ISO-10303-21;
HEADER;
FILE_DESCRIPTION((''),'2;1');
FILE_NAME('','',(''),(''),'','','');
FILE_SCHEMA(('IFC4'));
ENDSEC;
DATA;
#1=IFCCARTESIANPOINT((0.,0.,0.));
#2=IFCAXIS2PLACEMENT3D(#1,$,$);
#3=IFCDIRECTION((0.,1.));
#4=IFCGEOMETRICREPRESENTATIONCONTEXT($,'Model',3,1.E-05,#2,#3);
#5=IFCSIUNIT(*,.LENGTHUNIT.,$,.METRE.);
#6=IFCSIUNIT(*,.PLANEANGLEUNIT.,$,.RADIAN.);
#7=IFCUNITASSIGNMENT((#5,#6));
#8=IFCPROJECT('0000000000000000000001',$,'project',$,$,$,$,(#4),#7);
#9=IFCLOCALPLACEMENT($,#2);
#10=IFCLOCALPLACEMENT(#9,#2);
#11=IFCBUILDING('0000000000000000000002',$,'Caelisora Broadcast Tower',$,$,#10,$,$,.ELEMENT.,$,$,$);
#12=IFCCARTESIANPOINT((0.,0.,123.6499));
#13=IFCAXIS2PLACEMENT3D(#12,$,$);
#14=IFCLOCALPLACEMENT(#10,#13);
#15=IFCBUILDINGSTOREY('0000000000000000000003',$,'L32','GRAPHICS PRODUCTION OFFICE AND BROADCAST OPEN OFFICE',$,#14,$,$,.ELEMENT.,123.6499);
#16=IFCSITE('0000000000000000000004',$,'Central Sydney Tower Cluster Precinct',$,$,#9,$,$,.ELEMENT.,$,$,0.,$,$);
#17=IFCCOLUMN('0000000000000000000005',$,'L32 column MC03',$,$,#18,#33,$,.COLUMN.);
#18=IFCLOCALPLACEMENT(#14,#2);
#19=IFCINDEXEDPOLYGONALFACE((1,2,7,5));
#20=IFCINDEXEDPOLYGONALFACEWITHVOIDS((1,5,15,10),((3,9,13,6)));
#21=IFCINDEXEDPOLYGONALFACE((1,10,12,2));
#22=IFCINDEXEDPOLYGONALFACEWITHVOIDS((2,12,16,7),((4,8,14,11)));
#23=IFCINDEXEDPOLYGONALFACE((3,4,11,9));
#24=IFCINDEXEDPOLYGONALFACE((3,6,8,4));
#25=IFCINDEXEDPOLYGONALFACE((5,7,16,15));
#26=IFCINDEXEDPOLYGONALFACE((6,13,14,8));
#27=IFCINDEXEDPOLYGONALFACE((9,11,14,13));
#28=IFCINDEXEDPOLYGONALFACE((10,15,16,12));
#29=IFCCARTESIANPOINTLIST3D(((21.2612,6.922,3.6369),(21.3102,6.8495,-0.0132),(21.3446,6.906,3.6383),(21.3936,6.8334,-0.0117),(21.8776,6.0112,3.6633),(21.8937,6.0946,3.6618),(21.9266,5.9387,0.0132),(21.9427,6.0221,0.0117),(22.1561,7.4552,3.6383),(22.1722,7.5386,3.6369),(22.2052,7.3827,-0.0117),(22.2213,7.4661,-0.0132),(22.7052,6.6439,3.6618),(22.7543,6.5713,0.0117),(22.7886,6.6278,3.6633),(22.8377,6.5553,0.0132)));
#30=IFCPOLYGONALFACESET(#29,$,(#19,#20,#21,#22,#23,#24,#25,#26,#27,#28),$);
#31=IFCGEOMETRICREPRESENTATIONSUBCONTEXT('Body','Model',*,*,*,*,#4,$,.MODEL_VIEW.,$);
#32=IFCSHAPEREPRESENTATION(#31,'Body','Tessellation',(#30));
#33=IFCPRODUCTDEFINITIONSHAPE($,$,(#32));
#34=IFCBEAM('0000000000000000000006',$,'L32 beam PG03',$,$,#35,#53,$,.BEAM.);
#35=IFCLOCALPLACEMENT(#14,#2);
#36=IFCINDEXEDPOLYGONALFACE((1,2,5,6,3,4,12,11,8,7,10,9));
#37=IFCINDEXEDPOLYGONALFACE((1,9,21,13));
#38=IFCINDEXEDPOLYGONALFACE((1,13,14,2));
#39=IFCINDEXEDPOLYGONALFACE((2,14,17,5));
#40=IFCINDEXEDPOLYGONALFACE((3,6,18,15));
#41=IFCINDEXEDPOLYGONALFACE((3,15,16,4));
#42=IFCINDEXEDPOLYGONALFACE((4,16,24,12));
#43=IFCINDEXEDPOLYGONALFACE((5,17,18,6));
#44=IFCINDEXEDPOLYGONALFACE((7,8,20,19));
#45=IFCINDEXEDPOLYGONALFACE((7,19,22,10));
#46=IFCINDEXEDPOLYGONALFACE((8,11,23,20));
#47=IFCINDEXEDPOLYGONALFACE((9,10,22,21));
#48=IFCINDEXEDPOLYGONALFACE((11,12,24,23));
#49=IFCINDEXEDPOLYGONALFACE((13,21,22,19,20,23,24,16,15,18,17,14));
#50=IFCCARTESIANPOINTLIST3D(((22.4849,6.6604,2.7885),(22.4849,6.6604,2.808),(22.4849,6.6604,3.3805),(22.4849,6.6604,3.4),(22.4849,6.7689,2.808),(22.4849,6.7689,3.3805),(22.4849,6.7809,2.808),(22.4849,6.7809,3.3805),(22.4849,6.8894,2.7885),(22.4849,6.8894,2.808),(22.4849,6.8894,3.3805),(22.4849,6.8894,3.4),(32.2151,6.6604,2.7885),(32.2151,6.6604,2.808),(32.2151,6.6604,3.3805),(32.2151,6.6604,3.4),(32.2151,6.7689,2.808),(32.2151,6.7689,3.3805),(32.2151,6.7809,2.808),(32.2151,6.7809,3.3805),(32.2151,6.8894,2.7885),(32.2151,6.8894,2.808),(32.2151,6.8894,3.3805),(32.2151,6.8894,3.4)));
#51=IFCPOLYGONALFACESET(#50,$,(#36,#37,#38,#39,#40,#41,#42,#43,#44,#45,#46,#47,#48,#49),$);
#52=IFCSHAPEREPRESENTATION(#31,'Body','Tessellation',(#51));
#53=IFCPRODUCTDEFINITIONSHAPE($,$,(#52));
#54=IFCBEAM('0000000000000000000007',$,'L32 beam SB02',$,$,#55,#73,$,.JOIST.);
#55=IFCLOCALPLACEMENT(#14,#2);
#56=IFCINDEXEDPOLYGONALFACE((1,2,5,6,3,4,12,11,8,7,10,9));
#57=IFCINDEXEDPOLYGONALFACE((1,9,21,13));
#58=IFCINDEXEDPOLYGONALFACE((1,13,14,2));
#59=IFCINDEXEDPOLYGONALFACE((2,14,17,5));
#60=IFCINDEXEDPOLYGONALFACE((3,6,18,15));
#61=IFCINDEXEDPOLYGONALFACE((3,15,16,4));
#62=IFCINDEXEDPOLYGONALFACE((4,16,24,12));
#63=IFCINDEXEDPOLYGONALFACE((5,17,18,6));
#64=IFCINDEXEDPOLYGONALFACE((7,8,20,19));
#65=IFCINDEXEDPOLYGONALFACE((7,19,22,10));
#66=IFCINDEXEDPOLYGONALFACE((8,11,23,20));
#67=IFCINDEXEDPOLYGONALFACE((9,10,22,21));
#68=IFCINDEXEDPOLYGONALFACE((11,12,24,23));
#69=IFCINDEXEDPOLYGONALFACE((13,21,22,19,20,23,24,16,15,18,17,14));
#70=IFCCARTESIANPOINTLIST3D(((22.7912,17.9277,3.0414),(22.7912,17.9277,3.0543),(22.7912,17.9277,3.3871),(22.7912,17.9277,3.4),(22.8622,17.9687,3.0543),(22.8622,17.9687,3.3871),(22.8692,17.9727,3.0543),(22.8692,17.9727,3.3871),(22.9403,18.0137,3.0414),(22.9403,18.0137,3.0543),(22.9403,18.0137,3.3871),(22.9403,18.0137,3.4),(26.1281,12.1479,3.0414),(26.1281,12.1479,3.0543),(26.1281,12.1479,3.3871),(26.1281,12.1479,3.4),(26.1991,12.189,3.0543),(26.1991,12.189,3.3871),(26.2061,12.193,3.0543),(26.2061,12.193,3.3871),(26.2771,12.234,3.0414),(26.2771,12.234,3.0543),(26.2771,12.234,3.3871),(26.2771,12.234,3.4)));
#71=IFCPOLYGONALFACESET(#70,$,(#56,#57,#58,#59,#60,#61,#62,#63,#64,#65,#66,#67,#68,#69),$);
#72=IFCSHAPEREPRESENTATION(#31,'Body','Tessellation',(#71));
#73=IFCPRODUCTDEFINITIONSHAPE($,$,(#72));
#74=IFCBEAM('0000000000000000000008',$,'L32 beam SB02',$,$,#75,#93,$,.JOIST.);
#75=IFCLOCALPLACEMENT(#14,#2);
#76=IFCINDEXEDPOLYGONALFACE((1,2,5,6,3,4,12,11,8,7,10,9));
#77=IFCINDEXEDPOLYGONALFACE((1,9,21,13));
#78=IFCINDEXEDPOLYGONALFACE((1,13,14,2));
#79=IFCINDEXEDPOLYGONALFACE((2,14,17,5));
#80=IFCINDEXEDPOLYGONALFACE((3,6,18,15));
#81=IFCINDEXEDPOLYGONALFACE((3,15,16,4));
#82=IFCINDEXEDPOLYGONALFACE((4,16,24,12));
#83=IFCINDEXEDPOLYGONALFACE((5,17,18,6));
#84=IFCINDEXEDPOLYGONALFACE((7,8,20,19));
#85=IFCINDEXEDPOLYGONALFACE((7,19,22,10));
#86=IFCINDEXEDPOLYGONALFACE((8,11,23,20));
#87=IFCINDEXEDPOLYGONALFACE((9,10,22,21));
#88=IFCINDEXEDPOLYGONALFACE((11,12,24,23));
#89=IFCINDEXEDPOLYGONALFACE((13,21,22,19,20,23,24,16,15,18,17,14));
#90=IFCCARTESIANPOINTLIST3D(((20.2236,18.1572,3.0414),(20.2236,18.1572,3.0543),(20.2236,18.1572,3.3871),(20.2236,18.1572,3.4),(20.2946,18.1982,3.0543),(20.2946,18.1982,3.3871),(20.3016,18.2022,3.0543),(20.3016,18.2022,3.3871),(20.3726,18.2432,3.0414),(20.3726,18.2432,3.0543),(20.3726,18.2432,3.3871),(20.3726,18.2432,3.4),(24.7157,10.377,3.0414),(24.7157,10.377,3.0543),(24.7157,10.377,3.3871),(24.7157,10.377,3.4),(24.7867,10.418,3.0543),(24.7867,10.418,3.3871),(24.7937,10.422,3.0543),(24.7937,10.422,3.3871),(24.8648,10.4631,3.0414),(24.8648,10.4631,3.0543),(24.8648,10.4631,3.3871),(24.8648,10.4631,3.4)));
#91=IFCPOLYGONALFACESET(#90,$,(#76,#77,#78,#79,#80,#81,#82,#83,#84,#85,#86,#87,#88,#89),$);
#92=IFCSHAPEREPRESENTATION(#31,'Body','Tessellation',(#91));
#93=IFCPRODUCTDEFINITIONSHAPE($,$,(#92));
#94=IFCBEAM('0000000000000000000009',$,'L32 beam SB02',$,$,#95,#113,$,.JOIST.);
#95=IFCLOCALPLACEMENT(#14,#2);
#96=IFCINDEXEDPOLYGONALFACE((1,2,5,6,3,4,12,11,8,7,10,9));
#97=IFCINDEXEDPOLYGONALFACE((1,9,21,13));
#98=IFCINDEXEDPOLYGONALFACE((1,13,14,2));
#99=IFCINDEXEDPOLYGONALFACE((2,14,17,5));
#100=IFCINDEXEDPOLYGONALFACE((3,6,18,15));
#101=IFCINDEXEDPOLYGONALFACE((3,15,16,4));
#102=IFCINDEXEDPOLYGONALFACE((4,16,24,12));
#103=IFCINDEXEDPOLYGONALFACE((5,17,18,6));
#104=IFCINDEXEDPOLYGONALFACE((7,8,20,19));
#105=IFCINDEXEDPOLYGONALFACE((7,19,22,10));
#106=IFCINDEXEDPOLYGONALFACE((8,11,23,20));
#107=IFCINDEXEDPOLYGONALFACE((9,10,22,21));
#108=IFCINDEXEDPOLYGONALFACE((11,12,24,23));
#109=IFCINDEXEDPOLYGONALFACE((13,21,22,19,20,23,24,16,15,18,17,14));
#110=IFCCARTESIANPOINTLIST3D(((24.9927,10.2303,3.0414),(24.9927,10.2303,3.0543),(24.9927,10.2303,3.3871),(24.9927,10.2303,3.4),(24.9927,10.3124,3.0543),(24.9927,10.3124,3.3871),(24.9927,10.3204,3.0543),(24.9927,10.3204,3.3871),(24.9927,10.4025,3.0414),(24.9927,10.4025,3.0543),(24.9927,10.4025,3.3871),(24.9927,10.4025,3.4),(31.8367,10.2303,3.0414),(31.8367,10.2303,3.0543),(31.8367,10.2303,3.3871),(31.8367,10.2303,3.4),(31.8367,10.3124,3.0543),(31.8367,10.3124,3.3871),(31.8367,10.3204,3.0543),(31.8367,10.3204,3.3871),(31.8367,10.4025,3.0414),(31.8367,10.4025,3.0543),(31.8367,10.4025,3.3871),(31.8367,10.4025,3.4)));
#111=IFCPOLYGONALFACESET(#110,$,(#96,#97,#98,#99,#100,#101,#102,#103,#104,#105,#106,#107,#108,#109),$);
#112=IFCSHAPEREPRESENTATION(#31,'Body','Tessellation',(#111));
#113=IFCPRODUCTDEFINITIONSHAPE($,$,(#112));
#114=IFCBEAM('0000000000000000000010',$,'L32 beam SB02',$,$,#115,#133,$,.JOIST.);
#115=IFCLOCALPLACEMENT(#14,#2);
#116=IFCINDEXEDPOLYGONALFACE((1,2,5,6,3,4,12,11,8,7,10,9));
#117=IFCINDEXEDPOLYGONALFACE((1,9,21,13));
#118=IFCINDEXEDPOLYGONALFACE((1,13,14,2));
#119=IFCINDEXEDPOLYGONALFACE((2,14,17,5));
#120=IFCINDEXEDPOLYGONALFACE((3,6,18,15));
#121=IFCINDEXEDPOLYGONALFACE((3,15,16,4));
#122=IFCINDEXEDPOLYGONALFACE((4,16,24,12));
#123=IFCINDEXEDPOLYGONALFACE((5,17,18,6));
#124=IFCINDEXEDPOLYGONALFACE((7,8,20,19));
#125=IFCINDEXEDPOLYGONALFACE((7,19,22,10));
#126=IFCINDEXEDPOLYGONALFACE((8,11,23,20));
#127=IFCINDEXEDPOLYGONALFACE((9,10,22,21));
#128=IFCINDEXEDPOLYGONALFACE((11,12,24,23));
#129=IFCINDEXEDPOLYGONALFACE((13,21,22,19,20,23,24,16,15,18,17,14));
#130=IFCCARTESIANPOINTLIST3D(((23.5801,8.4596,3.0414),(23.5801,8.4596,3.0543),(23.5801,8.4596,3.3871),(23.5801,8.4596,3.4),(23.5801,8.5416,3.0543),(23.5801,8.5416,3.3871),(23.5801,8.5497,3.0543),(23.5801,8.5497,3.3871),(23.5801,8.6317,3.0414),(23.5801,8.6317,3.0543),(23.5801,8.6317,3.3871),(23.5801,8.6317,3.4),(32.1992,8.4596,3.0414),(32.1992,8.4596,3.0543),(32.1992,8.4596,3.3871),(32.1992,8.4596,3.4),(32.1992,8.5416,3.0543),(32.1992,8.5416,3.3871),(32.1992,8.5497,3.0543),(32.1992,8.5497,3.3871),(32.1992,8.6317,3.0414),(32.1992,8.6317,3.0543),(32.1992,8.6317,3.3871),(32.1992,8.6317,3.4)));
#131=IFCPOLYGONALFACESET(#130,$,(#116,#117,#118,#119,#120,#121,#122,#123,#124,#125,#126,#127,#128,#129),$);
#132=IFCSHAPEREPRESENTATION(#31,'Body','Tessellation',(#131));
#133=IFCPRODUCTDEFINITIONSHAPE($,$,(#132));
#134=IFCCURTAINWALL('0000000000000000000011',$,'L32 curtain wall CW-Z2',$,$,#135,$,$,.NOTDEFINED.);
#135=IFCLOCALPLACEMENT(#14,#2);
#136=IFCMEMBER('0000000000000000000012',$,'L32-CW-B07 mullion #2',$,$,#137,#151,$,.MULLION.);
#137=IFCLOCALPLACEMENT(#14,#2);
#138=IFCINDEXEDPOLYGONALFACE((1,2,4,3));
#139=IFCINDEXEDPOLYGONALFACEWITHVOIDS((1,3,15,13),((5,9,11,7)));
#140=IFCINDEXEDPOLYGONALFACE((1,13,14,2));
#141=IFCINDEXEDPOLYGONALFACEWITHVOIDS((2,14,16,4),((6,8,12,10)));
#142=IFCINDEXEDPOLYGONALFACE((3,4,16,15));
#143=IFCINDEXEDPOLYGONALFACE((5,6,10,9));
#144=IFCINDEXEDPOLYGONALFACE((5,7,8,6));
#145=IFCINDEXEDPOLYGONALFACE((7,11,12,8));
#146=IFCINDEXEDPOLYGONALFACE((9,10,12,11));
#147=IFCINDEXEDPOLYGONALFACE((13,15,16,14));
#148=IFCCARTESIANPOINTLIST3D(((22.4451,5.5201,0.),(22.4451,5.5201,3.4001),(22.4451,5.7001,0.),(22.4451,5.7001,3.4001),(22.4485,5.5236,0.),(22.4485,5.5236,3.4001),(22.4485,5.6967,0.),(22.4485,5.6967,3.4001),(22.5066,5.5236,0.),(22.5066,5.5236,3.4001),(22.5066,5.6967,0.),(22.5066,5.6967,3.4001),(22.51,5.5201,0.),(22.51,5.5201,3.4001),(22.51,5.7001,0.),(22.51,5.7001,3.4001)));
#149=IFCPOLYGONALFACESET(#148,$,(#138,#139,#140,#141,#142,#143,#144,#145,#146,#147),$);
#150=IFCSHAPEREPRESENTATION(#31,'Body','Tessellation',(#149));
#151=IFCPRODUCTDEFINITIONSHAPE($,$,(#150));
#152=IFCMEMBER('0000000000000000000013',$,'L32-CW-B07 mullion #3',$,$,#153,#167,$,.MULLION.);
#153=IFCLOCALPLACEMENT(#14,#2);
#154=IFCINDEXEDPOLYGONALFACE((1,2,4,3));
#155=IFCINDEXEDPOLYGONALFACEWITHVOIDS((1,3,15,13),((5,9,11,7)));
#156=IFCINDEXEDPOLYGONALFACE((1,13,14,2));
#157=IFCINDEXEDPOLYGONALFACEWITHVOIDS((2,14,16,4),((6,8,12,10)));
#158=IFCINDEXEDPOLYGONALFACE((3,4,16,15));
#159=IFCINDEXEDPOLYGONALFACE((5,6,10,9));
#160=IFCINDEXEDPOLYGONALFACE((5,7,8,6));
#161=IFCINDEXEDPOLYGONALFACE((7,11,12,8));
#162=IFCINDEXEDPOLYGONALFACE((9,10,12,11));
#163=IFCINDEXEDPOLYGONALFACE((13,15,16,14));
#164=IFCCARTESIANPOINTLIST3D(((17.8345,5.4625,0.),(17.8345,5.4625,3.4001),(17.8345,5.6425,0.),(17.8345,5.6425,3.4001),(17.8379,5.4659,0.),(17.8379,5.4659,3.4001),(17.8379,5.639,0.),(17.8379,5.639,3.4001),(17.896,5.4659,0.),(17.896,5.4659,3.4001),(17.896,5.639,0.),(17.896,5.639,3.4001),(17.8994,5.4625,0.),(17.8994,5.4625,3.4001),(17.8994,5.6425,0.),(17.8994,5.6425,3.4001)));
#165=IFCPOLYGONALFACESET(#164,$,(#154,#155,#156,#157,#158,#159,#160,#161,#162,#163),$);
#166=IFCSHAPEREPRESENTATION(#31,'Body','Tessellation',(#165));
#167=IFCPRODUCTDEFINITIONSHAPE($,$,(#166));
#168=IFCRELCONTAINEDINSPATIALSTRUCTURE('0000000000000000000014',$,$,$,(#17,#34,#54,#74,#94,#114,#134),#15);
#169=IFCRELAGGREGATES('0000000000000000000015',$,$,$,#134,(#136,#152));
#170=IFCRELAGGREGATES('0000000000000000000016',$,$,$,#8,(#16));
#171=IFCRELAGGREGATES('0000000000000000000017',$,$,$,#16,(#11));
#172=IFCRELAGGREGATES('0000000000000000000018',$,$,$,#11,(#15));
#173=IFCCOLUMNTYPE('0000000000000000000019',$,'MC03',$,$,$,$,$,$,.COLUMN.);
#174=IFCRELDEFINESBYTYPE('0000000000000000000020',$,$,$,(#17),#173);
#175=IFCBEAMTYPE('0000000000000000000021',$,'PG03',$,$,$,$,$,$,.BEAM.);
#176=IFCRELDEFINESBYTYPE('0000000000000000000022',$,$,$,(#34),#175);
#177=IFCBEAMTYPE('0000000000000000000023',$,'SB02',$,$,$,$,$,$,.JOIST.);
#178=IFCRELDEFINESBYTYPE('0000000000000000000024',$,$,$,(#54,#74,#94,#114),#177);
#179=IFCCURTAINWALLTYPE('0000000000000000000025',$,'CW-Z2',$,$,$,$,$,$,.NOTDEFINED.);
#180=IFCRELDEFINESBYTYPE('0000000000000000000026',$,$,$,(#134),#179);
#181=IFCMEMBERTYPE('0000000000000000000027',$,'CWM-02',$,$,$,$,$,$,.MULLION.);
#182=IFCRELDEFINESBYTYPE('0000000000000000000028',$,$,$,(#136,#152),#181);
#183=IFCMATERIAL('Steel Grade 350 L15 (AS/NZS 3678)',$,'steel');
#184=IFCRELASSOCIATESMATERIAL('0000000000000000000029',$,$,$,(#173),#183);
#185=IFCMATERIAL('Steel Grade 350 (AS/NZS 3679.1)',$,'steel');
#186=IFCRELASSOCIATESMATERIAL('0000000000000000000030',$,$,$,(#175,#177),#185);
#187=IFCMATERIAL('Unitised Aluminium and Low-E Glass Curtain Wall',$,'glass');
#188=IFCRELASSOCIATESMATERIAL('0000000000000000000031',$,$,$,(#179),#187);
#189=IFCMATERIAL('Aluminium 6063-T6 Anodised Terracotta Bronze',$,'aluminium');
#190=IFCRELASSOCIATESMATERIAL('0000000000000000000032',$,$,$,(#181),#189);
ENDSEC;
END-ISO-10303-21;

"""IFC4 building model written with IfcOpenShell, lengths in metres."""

from ifc_helpers import new_model, si_unit, direction, frame, origin, origin_2d, place, context, subcontext, project, spatial, hollow_rectangle, i_section, extrude, source, transform, mapped, material, material_profile, profile_set, type_object, type_shapes, element, aggregate, save


model = new_model("IFC4")

# Units and contexts
model_context = context("Model", 3, precision=1e-05, world=origin(), true_north=direction((0.0, 1.0)))
body_context = subcontext(model_context, "Body", "Model", "MODEL_VIEW")
ifc_project = project(units=[si_unit("LENGTHUNIT", "METRE"), si_unit("PLANEANGLEUNIT", "RADIAN")], contexts=[model_context])

# Site, building, storey
site_placement = place(None, origin())
site = spatial("IfcSite", under=ifc_project, at=site_placement, Name="Central Sydney Tower Cluster Precinct", CompositionType="ELEMENT", RefElevation=0.0)
building_placement = place(site_placement, origin())
building = spatial("IfcBuilding", under=site, at=building_placement, Name="Caelisora Broadcast Tower", CompositionType="ELEMENT")
storey_placement = place(building_placement, frame((0.0, 0.0, 123.6499)))
storey = spatial("IfcBuildingStorey", under=building, at=storey_placement, Name="L32", Description="GRAPHICS PRODUCTION OFFICE AND BROADCAST OPEN OFFICE", CompositionType="ELEMENT", Elevation=123.6499)

# Column
ifc_material_1 = material(Name="Steel Grade 350 L15 (AS/NZS 3678)", Category="steel")
ifc_material_profile_1 = material_profile(ifc_material_1, hollow_rectangle(XDim=1.1001, YDim=1.1001, WallThickness=0.0601, at=origin_2d()), Name="Steel Grade 350 L15 (AS/NZS 3678)")
ifc_profile_set_1 = profile_set([ifc_material_profile_1], Name="Steel Grade 350 L15 (AS/NZS 3678)")
column_type = type_object("IfcColumnType", Name="MC03", PredefinedType="COLUMN", material=ifc_profile_set_1)
shared_shape_1 = source(origin(), body_context, "Body", "SweptSolid", [
    extrude(hollow_rectangle(XDim=1.1001, YDim=1.1001, WallThickness=0.0601, at=origin_2d()), origin(), (0.0, 0.0, 1.0), 3.6511),
])
type_shapes(column_type, [shared_shape_1])
column_placement = place(storey_placement, frame((22.074, 6.7024, 0.0), z_axis=(-0.01344, 0.019859, 0.999712), x_axis=(-0.828169, -0.560478, 0.0)))
element("IfcColumn", 1, at=column_placement, inside=storey, type_object=column_type, Name="L32 column MC03", PredefinedType="COLUMN", context=body_context, shape_type="MappedRepresentation", body=[
    mapped(shared_shape_1, transform((0.0, 0.0, 0.0), scale=1.0)),
])

# Beams
ifc_material_2 = material(Name="Steel Grade 350 (AS/NZS 3679.1)", Category="steel")
ifc_material_profile_2 = material_profile(ifc_material_2, i_section(OverallWidth=0.229, OverallDepth=0.6116, WebThickness=0.012, FlangeThickness=0.0195, at=origin_2d()), Name="Steel Grade 350 (AS/NZS 3679.1)")
ifc_profile_set_2 = profile_set([ifc_material_profile_2], Name="Steel Grade 350 (AS/NZS 3679.1)")
beam_type_1 = type_object("IfcBeamType", Name="PG03", PredefinedType="BEAM", material=ifc_profile_set_2)
shared_shape_2 = source(origin(), body_context, "Body", "SweptSolid", [
    extrude(i_section(OverallWidth=0.229, OverallDepth=0.6116, WebThickness=0.012, FlangeThickness=0.0195, at=origin_2d()), origin(), (0.0, 0.0, 1.0), 9.7302),
])
type_shapes(beam_type_1, [shared_shape_2])
beam_1_placement = place(storey_placement, frame((22.4849, 6.7749, 3.0942), z_axis=(1.0, 0.0, 0.0), x_axis=(0.0, 1.0, 0.0)))
element("IfcBeam", 2, at=beam_1_placement, inside=storey, type_object=beam_type_1, Name="L32 beam PG03", PredefinedType="BEAM", context=body_context, shape_type="MappedRepresentation", body=[
    mapped(shared_shape_2, transform((0.0, 0.0, 0.0), scale=1.0)),
])
ifc_material_profile_3 = material_profile(ifc_material_2, i_section(OverallWidth=0.1721, OverallDepth=0.3586, WebThickness=0.0081, FlangeThickness=0.0129, at=origin_2d()), Name="Steel Grade 350 (AS/NZS 3679.1)")
ifc_profile_set_3 = profile_set([ifc_material_profile_3], Name="Steel Grade 350 (AS/NZS 3679.1)")
beam_type_2 = type_object("IfcBeamType", Name="SB02", PredefinedType="JOIST", material=ifc_profile_set_3)
shared_shape_3 = source(origin(), body_context, "Body", "SweptSolid", [
    extrude(i_section(OverallWidth=0.1721, OverallDepth=0.3586, WebThickness=0.0081, FlangeThickness=0.0129, at=origin_2d()), origin(), (0.0, 0.0, 1.0), 6.6738),
])
beam_2_placement = place(storey_placement, frame((22.8657, 17.9707, 3.2207), z_axis=(0.499995, -0.866028, 0.0), x_axis=(0.866028, 0.499995, 0.0)))
element("IfcBeam", 3, at=beam_2_placement, inside=storey, type_object=beam_type_2, Name="L32 beam SB02", PredefinedType="JOIST", context=body_context, shape_type="MappedRepresentation", body=[
    mapped(shared_shape_3, transform((0.0, 0.0, 0.0), scale=1.0)),
])
shared_shape_4 = source(origin(), body_context, "Body", "SweptSolid", [
    extrude(i_section(OverallWidth=0.1721, OverallDepth=0.3586, WebThickness=0.0081, FlangeThickness=0.0129, at=origin_2d()), origin(), (0.0, 0.0, 1.0), 8.9839),
])
beam_3_placement = place(storey_placement, frame((20.2981, 18.2002, 3.2207), z_axis=(0.50002, -0.866014, 0.0), x_axis=(0.866014, 0.50002, 0.0)))
element("IfcBeam", 4, at=beam_3_placement, inside=storey, type_object=beam_type_2, Name="L32 beam SB02", PredefinedType="JOIST", context=body_context, shape_type="MappedRepresentation", body=[
    mapped(shared_shape_4, transform((0.0, 0.0, 0.0), scale=1.0)),
])
shared_shape_5 = source(origin(), body_context, "Body", "SweptSolid", [
    extrude(i_section(OverallWidth=0.1721, OverallDepth=0.3586, WebThickness=0.0081, FlangeThickness=0.0129, at=origin_2d()), origin(), (0.0, 0.0, 1.0), 6.844),
])
beam_4_placement = place(storey_placement, frame((24.9927, 10.3164, 3.2207), z_axis=(1.0, 0.0, 0.0), x_axis=(0.0, 1.0, 0.0)))
element("IfcBeam", 5, at=beam_4_placement, inside=storey, type_object=beam_type_2, Name="L32 beam SB02", PredefinedType="JOIST", context=body_context, shape_type="MappedRepresentation", body=[
    mapped(shared_shape_5, transform((0.0, 0.0, 0.0), scale=1.0)),
])
shared_shape_6 = source(origin(), body_context, "Body", "SweptSolid", [
    extrude(i_section(OverallWidth=0.1721, OverallDepth=0.3586, WebThickness=0.0081, FlangeThickness=0.0129, at=origin_2d()), origin(), (0.0, 0.0, 1.0), 8.6191),
])
type_shapes(beam_type_2, [shared_shape_3, shared_shape_4, shared_shape_5, shared_shape_6])
beam_5_placement = place(storey_placement, frame((23.5801, 8.5457, 3.2207), z_axis=(1.0, 0.0, 0.0), x_axis=(0.0, 1.0, 0.0)))
element("IfcBeam", 6, at=beam_5_placement, inside=storey, type_object=beam_type_2, Name="L32 beam SB02", PredefinedType="JOIST", context=body_context, shape_type="MappedRepresentation", body=[
    mapped(shared_shape_6, transform((0.0, 0.0, 0.0), scale=1.0)),
])

# Curtain wall, members
ifc_material_3 = material(Name="Unitised Aluminium and Low-E Glass Curtain Wall", Category="glass")
curtain_wall_type = type_object("IfcCurtainWallType", Name="CW-Z2", PredefinedType="NOTDEFINED", material=ifc_material_3)
curtain_wall_placement = place(storey_placement, origin())
curtain_wall = element("IfcCurtainWall", 7, at=curtain_wall_placement, inside=storey, type_object=curtain_wall_type, Name="L32 curtain wall CW-Z2", PredefinedType="NOTDEFINED")
ifc_material_4 = material(Name="Aluminium 6063-T6 Anodised Terracotta Bronze", Category="aluminium")
ifc_material_profile_4 = material_profile(ifc_material_4, hollow_rectangle(XDim=0.0649, YDim=0.1799, WallThickness=0.0034, at=origin_2d()), Name="Aluminium 6063-T6 Anodised Terracotta Bronze")
ifc_profile_set_4 = profile_set([ifc_material_profile_4], Name="Aluminium 6063-T6 Anodised Terracotta Bronze")
member_type = type_object("IfcMemberType", Name="CWM-02", PredefinedType="MULLION", material=ifc_profile_set_4)
shared_shape_7 = source(origin(), body_context, "Body", "SweptSolid", [
    extrude(hollow_rectangle(XDim=0.0649, YDim=0.1799, WallThickness=0.0034, at=origin_2d()), origin(), (0.0, 0.0, 1.0), 3.4001),
])
type_shapes(member_type, [shared_shape_7])
member_1_placement = place(storey_placement, frame((22.4775, 5.6101, 0.0), z_axis=(0.0, 0.0, 1.0), x_axis=(1.0, 0.0, 0.0)))
member_1 = element("IfcMember", 8, at=member_1_placement, type_object=member_type, Name="L32-CW-B07 mullion #2", PredefinedType="MULLION", context=body_context, shape_type="MappedRepresentation", body=[
    mapped(shared_shape_7, transform((0.0, 0.0, 0.0), scale=1.0)),
])
member_2_placement = place(storey_placement, frame((17.8669, 5.5525, 0.0), z_axis=(0.0, 0.0, 1.0), x_axis=(1.0, 0.0, 0.0)))
member_2 = element("IfcMember", 9, at=member_2_placement, type_object=member_type, Name="L32-CW-B07 mullion #3", PredefinedType="MULLION", context=body_context, shape_type="MappedRepresentation", body=[
    mapped(shared_shape_7, transform((0.0, 0.0, 0.0), scale=1.0)),
])
aggregate(curtain_wall, [member_1, member_2])

save(model, "model.ifc")
